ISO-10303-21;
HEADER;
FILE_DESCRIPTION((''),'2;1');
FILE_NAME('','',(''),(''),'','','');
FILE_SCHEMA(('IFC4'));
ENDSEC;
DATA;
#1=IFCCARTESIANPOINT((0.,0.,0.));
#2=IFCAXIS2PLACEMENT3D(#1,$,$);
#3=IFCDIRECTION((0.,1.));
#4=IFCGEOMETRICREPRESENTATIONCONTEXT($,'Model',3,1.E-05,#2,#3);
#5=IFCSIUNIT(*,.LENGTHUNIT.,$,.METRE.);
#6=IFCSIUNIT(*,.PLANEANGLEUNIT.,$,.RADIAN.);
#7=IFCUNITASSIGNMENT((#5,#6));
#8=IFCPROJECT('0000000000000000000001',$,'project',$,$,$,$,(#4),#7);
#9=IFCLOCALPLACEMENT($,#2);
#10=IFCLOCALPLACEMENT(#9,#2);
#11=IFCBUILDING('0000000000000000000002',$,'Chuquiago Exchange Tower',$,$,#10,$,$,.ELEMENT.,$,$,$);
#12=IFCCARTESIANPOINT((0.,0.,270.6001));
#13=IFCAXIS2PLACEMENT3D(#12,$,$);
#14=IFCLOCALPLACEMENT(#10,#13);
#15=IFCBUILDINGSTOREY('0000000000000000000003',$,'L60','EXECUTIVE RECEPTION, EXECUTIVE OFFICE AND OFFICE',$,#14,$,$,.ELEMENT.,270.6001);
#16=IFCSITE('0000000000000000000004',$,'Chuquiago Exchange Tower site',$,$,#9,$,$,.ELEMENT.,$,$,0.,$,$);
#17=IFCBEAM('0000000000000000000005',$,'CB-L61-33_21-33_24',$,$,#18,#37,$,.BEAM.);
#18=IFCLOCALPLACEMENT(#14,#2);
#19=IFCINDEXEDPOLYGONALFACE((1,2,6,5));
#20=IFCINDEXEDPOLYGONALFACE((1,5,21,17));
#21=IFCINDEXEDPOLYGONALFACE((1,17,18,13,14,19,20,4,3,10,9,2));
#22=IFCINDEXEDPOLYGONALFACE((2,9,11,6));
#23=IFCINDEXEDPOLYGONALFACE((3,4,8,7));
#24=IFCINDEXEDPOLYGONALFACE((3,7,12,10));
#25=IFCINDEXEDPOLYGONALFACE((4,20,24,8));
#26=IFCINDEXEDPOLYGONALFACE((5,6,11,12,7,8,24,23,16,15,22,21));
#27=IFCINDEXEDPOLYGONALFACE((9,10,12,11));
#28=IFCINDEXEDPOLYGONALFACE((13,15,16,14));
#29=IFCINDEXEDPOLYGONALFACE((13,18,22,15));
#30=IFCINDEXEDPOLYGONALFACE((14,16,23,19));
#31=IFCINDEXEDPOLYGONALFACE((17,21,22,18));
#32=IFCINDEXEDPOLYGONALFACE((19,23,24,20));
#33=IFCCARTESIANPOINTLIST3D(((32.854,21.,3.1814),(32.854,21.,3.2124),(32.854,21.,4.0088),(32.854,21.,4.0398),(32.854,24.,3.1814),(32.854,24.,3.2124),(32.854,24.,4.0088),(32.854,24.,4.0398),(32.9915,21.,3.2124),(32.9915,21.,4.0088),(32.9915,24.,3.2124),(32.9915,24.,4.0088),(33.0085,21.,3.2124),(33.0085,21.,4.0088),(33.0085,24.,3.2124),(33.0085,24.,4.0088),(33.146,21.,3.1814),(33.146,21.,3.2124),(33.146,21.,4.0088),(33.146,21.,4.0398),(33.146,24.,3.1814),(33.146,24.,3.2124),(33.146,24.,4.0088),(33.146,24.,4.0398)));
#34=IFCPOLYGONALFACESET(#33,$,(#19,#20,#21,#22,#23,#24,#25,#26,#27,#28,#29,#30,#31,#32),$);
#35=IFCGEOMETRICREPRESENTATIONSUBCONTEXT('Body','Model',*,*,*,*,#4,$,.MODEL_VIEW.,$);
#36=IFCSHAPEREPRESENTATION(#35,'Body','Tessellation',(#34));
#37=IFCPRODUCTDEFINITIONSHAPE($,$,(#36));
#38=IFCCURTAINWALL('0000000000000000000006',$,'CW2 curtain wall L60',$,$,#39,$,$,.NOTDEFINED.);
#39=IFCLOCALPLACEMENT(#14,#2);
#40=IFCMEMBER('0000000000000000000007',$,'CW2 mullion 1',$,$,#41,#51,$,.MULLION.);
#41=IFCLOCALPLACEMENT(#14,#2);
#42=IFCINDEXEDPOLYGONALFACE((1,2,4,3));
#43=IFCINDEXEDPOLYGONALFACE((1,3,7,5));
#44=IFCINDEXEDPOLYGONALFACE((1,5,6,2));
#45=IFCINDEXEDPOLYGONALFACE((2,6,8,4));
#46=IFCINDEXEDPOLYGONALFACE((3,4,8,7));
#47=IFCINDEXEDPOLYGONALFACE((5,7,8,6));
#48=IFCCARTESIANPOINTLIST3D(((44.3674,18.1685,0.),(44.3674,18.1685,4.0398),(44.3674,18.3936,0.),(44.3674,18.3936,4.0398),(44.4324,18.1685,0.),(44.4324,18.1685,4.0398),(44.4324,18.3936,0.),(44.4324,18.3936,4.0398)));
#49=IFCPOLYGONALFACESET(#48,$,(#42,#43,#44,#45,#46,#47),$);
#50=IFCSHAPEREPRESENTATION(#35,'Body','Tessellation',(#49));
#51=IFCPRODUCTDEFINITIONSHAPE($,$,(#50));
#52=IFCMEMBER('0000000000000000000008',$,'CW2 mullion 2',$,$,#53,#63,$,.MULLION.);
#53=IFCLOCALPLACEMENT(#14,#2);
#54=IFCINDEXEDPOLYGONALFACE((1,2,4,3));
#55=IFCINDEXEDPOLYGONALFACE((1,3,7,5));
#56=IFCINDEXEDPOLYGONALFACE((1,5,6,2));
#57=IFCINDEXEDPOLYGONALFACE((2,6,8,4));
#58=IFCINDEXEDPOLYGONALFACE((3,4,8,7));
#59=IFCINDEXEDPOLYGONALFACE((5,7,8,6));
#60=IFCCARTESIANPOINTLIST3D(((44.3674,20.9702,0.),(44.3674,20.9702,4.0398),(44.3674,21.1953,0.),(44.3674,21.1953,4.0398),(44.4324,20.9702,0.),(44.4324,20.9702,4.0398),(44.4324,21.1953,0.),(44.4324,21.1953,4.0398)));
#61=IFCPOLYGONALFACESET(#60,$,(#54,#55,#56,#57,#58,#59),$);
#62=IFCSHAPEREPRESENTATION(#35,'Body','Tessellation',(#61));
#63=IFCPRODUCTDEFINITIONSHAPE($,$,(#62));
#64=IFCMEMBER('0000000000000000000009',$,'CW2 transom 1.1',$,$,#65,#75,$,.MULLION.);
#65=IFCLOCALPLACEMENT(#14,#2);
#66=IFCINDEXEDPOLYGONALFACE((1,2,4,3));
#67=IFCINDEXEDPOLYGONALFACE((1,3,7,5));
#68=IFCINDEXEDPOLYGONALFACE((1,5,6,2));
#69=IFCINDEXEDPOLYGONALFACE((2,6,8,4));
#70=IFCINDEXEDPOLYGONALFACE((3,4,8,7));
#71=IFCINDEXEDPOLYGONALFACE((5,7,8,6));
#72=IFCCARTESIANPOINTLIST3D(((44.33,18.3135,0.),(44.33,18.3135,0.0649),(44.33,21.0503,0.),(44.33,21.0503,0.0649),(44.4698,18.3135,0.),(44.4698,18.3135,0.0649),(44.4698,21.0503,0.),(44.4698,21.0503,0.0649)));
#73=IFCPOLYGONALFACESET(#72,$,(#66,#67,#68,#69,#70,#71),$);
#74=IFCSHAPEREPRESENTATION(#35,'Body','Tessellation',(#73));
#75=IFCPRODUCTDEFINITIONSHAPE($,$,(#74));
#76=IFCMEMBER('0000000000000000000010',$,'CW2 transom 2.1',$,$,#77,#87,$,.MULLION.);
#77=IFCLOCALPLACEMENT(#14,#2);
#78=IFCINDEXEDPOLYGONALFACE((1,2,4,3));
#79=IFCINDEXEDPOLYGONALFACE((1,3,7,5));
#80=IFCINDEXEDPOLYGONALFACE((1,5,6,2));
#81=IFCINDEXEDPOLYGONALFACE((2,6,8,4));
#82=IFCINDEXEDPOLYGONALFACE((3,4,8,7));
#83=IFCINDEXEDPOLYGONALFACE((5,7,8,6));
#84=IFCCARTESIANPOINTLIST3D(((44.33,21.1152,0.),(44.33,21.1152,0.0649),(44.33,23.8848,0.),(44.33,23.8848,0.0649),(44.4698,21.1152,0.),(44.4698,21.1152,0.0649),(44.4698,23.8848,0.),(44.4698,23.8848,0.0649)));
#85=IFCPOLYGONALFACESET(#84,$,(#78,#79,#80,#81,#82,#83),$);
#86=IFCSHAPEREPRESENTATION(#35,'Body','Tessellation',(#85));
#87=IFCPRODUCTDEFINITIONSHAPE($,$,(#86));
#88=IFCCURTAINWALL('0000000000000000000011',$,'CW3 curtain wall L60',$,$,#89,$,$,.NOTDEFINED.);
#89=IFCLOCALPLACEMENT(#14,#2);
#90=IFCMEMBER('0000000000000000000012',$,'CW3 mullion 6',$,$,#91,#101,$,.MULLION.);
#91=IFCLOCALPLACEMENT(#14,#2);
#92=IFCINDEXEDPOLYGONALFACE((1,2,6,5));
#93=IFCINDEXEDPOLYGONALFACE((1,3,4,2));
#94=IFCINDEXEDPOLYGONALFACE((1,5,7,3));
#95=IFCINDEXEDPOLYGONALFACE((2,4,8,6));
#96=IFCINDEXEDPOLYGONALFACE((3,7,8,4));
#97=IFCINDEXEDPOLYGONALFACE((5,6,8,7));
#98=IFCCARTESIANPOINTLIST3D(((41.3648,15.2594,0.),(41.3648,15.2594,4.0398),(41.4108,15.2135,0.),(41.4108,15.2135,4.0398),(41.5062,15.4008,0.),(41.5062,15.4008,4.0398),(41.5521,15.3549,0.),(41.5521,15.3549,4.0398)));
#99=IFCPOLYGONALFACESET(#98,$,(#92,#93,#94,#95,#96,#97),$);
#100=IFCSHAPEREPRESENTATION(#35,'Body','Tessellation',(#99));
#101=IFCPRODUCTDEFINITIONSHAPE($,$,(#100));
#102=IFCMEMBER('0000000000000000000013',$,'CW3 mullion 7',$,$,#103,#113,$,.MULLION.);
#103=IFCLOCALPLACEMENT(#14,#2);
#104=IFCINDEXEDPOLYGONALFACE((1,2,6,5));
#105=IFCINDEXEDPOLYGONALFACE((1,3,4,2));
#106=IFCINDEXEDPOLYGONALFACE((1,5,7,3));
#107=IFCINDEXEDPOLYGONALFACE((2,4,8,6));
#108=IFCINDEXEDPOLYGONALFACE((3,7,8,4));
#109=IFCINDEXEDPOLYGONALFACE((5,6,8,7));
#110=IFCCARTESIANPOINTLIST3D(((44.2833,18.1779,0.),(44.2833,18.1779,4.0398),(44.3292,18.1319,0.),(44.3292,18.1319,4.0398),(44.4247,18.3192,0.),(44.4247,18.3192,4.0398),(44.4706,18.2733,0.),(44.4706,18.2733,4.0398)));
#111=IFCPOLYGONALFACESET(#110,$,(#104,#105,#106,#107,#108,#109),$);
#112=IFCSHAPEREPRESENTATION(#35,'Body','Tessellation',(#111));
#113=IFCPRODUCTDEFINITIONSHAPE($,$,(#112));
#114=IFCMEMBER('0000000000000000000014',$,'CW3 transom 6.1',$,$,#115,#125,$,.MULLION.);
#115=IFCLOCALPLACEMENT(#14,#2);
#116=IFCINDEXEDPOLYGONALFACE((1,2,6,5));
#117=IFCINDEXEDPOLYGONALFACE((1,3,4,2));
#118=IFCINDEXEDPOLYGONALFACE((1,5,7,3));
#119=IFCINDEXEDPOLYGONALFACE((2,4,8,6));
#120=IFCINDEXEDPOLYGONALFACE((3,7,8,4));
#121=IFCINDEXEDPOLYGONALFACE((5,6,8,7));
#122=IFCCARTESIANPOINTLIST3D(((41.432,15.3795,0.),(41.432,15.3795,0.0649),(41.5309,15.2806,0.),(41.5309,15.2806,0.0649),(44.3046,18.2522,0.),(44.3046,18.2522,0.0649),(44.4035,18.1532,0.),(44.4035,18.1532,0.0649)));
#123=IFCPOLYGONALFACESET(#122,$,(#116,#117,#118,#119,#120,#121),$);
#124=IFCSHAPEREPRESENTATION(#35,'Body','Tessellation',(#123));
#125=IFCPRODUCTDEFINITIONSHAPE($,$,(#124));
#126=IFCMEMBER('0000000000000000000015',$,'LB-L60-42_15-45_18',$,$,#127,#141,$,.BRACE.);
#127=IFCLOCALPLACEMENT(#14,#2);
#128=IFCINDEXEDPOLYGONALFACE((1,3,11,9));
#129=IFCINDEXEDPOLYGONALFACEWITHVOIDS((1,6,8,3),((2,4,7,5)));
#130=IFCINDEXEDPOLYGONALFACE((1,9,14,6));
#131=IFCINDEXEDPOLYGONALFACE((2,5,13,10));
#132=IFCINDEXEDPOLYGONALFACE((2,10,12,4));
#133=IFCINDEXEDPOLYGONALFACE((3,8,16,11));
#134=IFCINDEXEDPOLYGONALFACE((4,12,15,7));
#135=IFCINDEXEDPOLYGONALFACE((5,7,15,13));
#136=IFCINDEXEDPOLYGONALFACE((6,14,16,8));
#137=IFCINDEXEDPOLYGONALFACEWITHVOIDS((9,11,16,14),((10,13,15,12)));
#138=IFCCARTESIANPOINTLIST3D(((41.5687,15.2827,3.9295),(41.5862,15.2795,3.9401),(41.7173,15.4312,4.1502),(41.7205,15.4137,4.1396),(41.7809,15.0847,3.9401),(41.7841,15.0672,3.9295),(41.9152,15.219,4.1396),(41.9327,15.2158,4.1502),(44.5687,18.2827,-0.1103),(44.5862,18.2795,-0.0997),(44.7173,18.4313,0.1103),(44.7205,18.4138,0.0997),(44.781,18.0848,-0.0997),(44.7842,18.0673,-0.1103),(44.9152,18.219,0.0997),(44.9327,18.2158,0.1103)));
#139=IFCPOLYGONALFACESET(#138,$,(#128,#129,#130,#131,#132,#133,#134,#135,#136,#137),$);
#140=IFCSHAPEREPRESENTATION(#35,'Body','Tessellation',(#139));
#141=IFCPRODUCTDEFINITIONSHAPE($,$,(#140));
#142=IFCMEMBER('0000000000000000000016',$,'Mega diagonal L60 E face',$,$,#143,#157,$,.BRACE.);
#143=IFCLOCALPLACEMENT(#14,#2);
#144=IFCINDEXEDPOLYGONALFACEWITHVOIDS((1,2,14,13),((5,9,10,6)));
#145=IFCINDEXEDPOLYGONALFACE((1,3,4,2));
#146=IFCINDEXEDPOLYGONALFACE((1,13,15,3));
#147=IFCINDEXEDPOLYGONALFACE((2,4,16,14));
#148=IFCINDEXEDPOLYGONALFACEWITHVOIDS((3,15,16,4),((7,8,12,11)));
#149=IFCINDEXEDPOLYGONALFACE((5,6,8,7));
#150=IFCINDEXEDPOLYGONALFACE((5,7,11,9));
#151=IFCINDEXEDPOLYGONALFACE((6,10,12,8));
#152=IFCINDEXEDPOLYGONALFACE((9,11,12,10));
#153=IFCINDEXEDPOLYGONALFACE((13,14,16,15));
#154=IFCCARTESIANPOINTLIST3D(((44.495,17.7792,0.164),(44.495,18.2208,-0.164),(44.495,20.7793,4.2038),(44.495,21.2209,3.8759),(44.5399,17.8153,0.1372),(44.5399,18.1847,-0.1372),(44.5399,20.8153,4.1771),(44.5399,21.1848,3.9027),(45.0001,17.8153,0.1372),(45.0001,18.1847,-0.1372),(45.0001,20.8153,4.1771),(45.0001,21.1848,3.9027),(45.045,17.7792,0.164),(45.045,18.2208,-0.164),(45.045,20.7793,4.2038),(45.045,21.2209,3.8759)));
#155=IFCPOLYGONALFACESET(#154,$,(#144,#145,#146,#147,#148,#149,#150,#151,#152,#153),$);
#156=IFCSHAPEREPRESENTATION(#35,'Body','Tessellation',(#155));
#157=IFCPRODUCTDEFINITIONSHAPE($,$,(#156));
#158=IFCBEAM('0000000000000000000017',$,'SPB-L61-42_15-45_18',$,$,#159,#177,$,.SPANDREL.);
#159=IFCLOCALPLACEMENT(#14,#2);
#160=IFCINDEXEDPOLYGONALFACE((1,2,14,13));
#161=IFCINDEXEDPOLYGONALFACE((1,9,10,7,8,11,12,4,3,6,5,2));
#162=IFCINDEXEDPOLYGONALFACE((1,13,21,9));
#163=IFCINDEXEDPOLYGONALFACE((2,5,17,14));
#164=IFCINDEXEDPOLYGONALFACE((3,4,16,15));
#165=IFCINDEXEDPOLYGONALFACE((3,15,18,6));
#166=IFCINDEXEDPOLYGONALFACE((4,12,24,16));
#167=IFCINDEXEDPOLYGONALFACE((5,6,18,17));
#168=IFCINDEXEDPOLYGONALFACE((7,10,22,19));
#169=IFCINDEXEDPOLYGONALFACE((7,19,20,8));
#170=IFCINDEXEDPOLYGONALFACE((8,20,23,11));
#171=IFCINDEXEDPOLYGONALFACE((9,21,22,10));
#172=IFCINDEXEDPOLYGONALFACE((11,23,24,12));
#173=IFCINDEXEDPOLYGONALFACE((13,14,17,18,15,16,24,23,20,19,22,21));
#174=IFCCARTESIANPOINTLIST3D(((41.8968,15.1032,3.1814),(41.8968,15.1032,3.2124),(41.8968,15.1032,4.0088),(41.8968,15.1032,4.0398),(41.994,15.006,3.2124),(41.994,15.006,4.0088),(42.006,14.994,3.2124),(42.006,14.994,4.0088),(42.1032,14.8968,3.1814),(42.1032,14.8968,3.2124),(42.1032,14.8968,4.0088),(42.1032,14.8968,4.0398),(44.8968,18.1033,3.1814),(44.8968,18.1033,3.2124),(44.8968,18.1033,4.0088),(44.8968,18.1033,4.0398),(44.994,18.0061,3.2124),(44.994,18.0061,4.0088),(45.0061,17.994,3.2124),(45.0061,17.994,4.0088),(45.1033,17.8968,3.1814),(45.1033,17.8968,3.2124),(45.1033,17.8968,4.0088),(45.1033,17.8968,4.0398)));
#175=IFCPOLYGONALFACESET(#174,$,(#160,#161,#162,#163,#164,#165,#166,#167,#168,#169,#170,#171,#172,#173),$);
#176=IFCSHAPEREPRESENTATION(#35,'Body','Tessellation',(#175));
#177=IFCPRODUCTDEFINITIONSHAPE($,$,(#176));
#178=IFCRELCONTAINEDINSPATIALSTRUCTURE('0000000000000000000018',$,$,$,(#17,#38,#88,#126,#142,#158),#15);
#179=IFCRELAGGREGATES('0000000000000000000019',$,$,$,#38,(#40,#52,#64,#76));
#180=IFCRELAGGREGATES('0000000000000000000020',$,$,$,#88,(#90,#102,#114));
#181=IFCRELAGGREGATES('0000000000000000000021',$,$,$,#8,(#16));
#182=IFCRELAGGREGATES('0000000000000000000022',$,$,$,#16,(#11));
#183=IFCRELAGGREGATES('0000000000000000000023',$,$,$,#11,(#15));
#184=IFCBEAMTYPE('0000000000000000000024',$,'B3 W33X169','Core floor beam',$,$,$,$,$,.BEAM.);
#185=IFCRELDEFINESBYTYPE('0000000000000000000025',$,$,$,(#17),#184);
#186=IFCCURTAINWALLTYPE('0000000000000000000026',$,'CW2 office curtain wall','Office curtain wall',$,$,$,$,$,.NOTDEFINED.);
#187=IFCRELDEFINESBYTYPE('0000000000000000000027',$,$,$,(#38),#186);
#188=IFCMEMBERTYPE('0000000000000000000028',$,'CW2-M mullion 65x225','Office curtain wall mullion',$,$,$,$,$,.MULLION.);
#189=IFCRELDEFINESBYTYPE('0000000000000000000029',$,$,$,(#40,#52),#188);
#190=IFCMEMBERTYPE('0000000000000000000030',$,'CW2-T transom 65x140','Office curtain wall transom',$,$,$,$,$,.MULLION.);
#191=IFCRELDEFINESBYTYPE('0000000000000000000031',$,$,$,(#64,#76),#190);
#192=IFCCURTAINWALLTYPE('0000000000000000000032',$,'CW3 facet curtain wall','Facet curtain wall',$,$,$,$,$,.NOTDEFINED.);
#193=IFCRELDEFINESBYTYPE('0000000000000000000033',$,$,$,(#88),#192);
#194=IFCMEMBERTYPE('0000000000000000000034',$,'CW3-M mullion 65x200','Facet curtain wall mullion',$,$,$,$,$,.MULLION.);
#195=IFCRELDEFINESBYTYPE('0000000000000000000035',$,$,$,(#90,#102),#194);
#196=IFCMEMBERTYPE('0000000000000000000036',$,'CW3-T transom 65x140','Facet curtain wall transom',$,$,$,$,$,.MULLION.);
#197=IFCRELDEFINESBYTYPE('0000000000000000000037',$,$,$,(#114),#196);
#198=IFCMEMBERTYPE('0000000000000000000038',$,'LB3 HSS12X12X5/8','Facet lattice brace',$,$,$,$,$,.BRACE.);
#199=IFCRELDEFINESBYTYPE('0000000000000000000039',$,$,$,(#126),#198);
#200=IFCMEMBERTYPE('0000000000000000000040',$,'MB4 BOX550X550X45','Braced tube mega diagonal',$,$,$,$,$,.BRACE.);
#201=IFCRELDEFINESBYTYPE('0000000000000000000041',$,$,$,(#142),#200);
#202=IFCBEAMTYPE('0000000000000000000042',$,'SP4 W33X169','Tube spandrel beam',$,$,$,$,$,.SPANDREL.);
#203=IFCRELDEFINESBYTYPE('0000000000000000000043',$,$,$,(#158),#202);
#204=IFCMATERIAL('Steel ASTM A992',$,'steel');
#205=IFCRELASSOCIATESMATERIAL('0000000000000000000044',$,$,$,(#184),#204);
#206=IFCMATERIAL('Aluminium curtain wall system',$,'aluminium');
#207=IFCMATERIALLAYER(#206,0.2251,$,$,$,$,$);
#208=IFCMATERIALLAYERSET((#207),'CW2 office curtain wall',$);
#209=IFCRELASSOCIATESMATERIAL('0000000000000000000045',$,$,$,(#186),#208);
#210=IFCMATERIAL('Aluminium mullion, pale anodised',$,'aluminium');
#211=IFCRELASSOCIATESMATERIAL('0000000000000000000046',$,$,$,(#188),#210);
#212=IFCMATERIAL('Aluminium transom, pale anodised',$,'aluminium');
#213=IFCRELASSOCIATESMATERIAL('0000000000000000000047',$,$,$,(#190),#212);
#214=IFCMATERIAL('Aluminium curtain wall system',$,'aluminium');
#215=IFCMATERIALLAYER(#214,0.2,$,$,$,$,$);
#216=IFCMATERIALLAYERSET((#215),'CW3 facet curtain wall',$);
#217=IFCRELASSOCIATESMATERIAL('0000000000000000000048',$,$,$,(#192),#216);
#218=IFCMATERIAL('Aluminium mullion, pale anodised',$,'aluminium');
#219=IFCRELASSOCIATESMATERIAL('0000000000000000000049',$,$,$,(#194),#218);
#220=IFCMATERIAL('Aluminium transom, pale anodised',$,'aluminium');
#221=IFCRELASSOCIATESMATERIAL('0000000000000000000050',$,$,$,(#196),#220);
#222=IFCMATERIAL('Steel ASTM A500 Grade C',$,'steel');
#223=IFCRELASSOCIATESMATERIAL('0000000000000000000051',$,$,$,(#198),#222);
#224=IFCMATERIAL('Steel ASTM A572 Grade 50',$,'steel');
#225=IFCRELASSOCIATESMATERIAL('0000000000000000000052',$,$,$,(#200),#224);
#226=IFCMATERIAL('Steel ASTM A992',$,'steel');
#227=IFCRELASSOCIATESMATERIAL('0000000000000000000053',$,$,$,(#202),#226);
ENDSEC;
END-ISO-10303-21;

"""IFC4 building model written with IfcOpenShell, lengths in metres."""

from ifc_helpers import new_model, si_unit, direction, frame, origin, origin_2d, place, context, subcontext, project, spatial, rectangle, hollow_rectangle, i_section, extrude, material, layer, layer_set, material_profile, profile_set, type_object, element, aggregate, save


model = new_model("IFC4")

# Units and contexts
model_context = context("Model", 3, precision=1e-05, world=origin(), true_north=direction((0.0, 1.0)))
body_context = subcontext(model_context, "Body", "Model", "MODEL_VIEW")
ifc_project = project(units=[si_unit("LENGTHUNIT", "METRE"), si_unit("PLANEANGLEUNIT", "RADIAN")], contexts=[model_context])

# Site, building, storey
site_placement = place(None, origin())
site = spatial("IfcSite", under=ifc_project, at=site_placement, Name="Chuquiago Exchange Tower site", CompositionType="ELEMENT", RefElevation=0.0)
building_placement = place(site_placement, origin())
building = spatial("IfcBuilding", under=site, at=building_placement, Name="Chuquiago Exchange Tower", CompositionType="ELEMENT")
storey_placement = place(building_placement, frame((0.0, 0.0, 270.6001)))
storey = spatial("IfcBuildingStorey", under=building, at=storey_placement, Name="L60", Description="EXECUTIVE RECEPTION, EXECUTIVE OFFICE AND OFFICE", CompositionType="ELEMENT", Elevation=270.6001)

# Beam
ifc_material_1 = material(Name="Steel ASTM A992", Category="steel")
ifc_material_profile_1 = material_profile(ifc_material_1, i_section(OverallWidth=0.292, OverallDepth=0.8584, WebThickness=0.0171, FlangeThickness=0.031, at=origin_2d()), Name="W33X169")
ifc_profile_set_1 = profile_set([ifc_material_profile_1], Name="Steel ASTM A992")
beam_type_1 = type_object("IfcBeamType", Name="B3 W33X169", Description="Core floor beam", PredefinedType="BEAM", material=ifc_profile_set_1)
beam_1_placement = place(storey_placement, frame((33.0, 21.0, 3.6106), z_axis=(0.0, 1.0, 0.0), x_axis=(-1.0, 0.0, 0.0)))
element("IfcBeam", 1, at=beam_1_placement, inside=storey, type_object=beam_type_1, Name="CB-L61-33_21-33_24", PredefinedType="BEAM", context=body_context, shape_type="SweptSolid", body=[
    extrude(i_section(OverallWidth=0.292, OverallDepth=0.8584, WebThickness=0.0171, FlangeThickness=0.031, at=origin_2d()), origin(), (0.0, 0.0, 1.0), 3.0),
])

# Curtain walls, members
ifc_material_2 = material(Name="Aluminium curtain wall system", Category="aluminium")
ifc_layer_1 = layer(ifc_material_2, 0.2251)
ifc_layer_set_1 = layer_set([ifc_layer_1], Name="CW2 office curtain wall")
curtain_wall_type_1 = type_object("IfcCurtainWallType", Name="CW2 office curtain wall", Description="Office curtain wall", PredefinedType="NOTDEFINED", material=ifc_layer_set_1)
curtain_wall_1_placement = place(storey_placement, origin())
curtain_wall_1 = element("IfcCurtainWall", 2, at=curtain_wall_1_placement, inside=storey, type_object=curtain_wall_type_1, Name="CW2 curtain wall L60", PredefinedType="NOTDEFINED")
ifc_material_3 = material(Name="Aluminium mullion, pale anodised", Category="aluminium")
ifc_material_profile_2 = material_profile(ifc_material_3, rectangle(XDim=0.0649, YDim=0.2251, at=origin_2d()), Name="AL 65x225")
ifc_profile_set_2 = profile_set([ifc_material_profile_2], Name="Aluminium mullion, pale anodised")
member_type_1 = type_object("IfcMemberType", Name="CW2-M mullion 65x225", Description="Office curtain wall mullion", PredefinedType="MULLION", material=ifc_profile_set_2)
member_1_placement = place(storey_placement, frame((44.3999, 18.281, 0.0), z_axis=(0.0, 0.0, 1.0), x_axis=(-1.0, 0.0, 0.0)))
member_1 = element("IfcMember", 3, at=member_1_placement, type_object=member_type_1, Name="CW2 mullion 1", PredefinedType="MULLION", context=body_context, shape_type="SweptSolid", body=[
    extrude(rectangle(XDim=0.0649, YDim=0.2251, at=origin_2d()), origin(), (0.0, 0.0, 1.0), 4.0398),
])
member_2_placement = place(storey_placement, frame((44.3999, 21.0828, 0.0), z_axis=(0.0, 0.0, 1.0), x_axis=(-1.0, 0.0, 0.0)))
member_2 = element("IfcMember", 4, at=member_2_placement, type_object=member_type_1, Name="CW2 mullion 2", PredefinedType="MULLION", context=body_context, shape_type="SweptSolid", body=[
    extrude(rectangle(XDim=0.0649, YDim=0.2251, at=origin_2d()), origin(), (0.0, 0.0, 1.0), 4.0398),
])
ifc_material_4 = material(Name="Aluminium transom, pale anodised", Category="aluminium")
ifc_material_profile_3 = material_profile(ifc_material_4, rectangle(XDim=0.1399, YDim=0.0649, at=origin_2d()), Name="AL 140x65")
ifc_profile_set_3 = profile_set([ifc_material_profile_3], Name="Aluminium transom, pale anodised")
member_type_2 = type_object("IfcMemberType", Name="CW2-T transom 65x140", Description="Office curtain wall transom", PredefinedType="MULLION", material=ifc_profile_set_3)
member_3_placement = place(storey_placement, frame((44.3999, 18.3135, 0.0325), z_axis=(0.0, 1.0, 0.0), x_axis=(-1.0, 0.0, 0.0)))
member_3 = element("IfcMember", 5, at=member_3_placement, type_object=member_type_2, Name="CW2 transom 1.1", PredefinedType="MULLION", context=body_context, shape_type="SweptSolid", body=[
    extrude(rectangle(XDim=0.1399, YDim=0.0649, at=origin_2d()), origin(), (0.0, 0.0, 1.0), 2.7368),
])
member_4_placement = place(storey_placement, frame((44.3999, 21.1152, 0.0325), z_axis=(0.0, 1.0, 0.0), x_axis=(-1.0, 0.0, 0.0)))
member_4 = element("IfcMember", 6, at=member_4_placement, type_object=member_type_2, Name="CW2 transom 2.1", PredefinedType="MULLION", context=body_context, shape_type="SweptSolid", body=[
    extrude(rectangle(XDim=0.1399, YDim=0.0649, at=origin_2d()), origin(), (0.0, 0.0, 1.0), 2.7695),
])
ifc_material_5 = material(Name="Aluminium curtain wall system", Category="aluminium")
ifc_layer_2 = layer(ifc_material_5, 0.2)
ifc_layer_set_2 = layer_set([ifc_layer_2], Name="CW3 facet curtain wall")
curtain_wall_type_2 = type_object("IfcCurtainWallType", Name="CW3 facet curtain wall", Description="Facet curtain wall", PredefinedType="NOTDEFINED", material=ifc_layer_set_2)
curtain_wall_2_placement = place(storey_placement, origin())
curtain_wall_2 = element("IfcCurtainWall", 7, at=curtain_wall_2_placement, inside=storey, type_object=curtain_wall_type_2, Name="CW3 curtain wall L60", PredefinedType="NOTDEFINED")
ifc_material_6 = material(Name="Aluminium mullion, pale anodised", Category="aluminium")
ifc_material_profile_4 = material_profile(ifc_material_6, rectangle(XDim=0.0649, YDim=0.2, at=origin_2d()), Name="AL 65x200")
ifc_profile_set_4 = profile_set([ifc_material_profile_4], Name="Aluminium mullion, pale anodised")
member_type_3 = type_object("IfcMemberType", Name="CW3-M mullion 65x200", Description="Facet curtain wall mullion", PredefinedType="MULLION", material=ifc_profile_set_4)
member_5_placement = place(storey_placement, frame((41.4585, 15.3071, 0.0), z_axis=(0.0, 0.0, 1.0), x_axis=(-0.707107, 0.707107, 0.0)))
member_5 = element("IfcMember", 8, at=member_5_placement, type_object=member_type_3, Name="CW3 mullion 6", PredefinedType="MULLION", context=body_context, shape_type="SweptSolid", body=[
    extrude(rectangle(XDim=0.0649, YDim=0.2, at=origin_2d()), origin(), (0.0, 0.0, 1.0), 4.0398),
])
member_6_placement = place(storey_placement, frame((44.377, 18.2256, 0.0), z_axis=(0.0, 0.0, 1.0), x_axis=(-0.707107, 0.707107, 0.0)))
member_6 = element("IfcMember", 9, at=member_6_placement, type_object=member_type_3, Name="CW3 mullion 7", PredefinedType="MULLION", context=body_context, shape_type="SweptSolid", body=[
    extrude(rectangle(XDim=0.0649, YDim=0.2, at=origin_2d()), origin(), (0.0, 0.0, 1.0), 4.0398),
])
ifc_material_7 = material(Name="Aluminium transom, pale anodised", Category="aluminium")
ifc_material_profile_5 = material_profile(ifc_material_7, rectangle(XDim=0.1399, YDim=0.0649, at=origin_2d()), Name="AL 140x65")
ifc_profile_set_5 = profile_set([ifc_material_profile_5], Name="Aluminium transom, pale anodised")
member_type_4 = type_object("IfcMemberType", Name="CW3-T transom 65x140", Description="Facet curtain wall transom", PredefinedType="MULLION", material=ifc_profile_set_5)
member_7_placement = place(storey_placement, frame((41.4814, 15.3301, 0.0325), z_axis=(0.707107, 0.707107, 0.0), x_axis=(-0.707107, 0.707107, 0.0)))
member_7 = element("IfcMember", 10, at=member_7_placement, type_object=member_type_4, Name="CW3 transom 6.1", PredefinedType="MULLION", context=body_context, shape_type="SweptSolid", body=[
    extrude(rectangle(XDim=0.1399, YDim=0.0649, at=origin_2d()), origin(), (0.0, 0.0, 1.0), 4.0625),
])

# Members
ifc_material_8 = material(Name="Steel ASTM A500 Grade C", Category="steel")
ifc_material_profile_6 = material_profile(ifc_material_8, hollow_rectangle(XDim=0.3047, YDim=0.3047, WallThickness=0.0146, at=origin_2d()), Name="HSS12X12X5/8")
ifc_profile_set_6 = profile_set([ifc_material_profile_6], Name="Steel ASTM A500 Grade C")
member_type_5 = type_object("IfcMemberType", Name="LB3 HSS12X12X5/8", Description="Facet lattice brace", PredefinedType="BRACE", material=ifc_profile_set_6)
member_8_placement = place(storey_placement, frame((44.7507, 18.2493, 0.0), z_axis=(-0.512092, -0.512092, 0.689582), x_axis=(0.707107, -0.707107, 0.0)))
element("IfcMember", 11, at=member_8_placement, inside=storey, type_object=member_type_5, Name="LB-L60-42_15-45_18", PredefinedType="BRACE", context=body_context, shape_type="SweptSolid", body=[
    extrude(hollow_rectangle(XDim=0.3047, YDim=0.3047, WallThickness=0.0146, at=origin_2d()), origin(), (0.0, 0.0, 1.0), 5.8584),
])
ifc_material_9 = material(Name="Steel ASTM A572 Grade 50", Category="steel")
ifc_material_profile_7 = material_profile(ifc_material_9, hollow_rectangle(XDim=0.55, YDim=0.55, WallThickness=0.0449, at=origin_2d()), Name="BOX550X550X45")
ifc_profile_set_7 = profile_set([ifc_material_profile_7], Name="Steel ASTM A572 Grade 50")
member_type_6 = type_object("IfcMemberType", Name="MB4 BOX550X550X45", Description="Braced tube mega diagonal", PredefinedType="BRACE", material=ifc_profile_set_7)
member_9_placement = place(storey_placement, frame((44.77, 18.0, 0.0), z_axis=(0.0, 0.596197, 0.802838), x_axis=(-1.0, 0.0, 0.0)))
element("IfcMember", 12, at=member_9_placement, inside=storey, type_object=member_type_6, Name="Mega diagonal L60 E face", PredefinedType="BRACE", context=body_context, shape_type="SweptSolid", body=[
    extrude(hollow_rectangle(XDim=0.55, YDim=0.55, WallThickness=0.0449, at=origin_2d()), origin(), (0.0, 0.0, 1.0), 5.032),
])

# Beam
ifc_material_10 = material(Name="Steel ASTM A992", Category="steel")
ifc_material_profile_8 = material_profile(ifc_material_10, i_section(OverallWidth=0.292, OverallDepth=0.8584, WebThickness=0.0171, FlangeThickness=0.031, at=origin_2d()), Name="W33X169")
ifc_profile_set_8 = profile_set([ifc_material_profile_8], Name="Steel ASTM A992")
beam_type_2 = type_object("IfcBeamType", Name="SP4 W33X169", Description="Tube spandrel beam", PredefinedType="SPANDREL", material=ifc_profile_set_8)
beam_2_placement = place(storey_placement, frame((42.0, 15.0, 3.6106), z_axis=(0.707107, 0.707107, 0.0), x_axis=(-0.707107, 0.707107, 0.0)))
element("IfcBeam", 13, at=beam_2_placement, inside=storey, type_object=beam_type_2, Name="SPB-L61-42_15-45_18", PredefinedType="SPANDREL", context=body_context, shape_type="SweptSolid", body=[
    extrude(i_section(OverallWidth=0.292, OverallDepth=0.8584, WebThickness=0.0171, FlangeThickness=0.031, at=origin_2d()), origin(), (0.0, 0.0, 1.0), 4.2427),
])

aggregate(curtain_wall_1, [member_1, member_2, member_3, member_4])
aggregate(curtain_wall_2, [member_5, member_6, member_7])

save(model, "model.ifc")
